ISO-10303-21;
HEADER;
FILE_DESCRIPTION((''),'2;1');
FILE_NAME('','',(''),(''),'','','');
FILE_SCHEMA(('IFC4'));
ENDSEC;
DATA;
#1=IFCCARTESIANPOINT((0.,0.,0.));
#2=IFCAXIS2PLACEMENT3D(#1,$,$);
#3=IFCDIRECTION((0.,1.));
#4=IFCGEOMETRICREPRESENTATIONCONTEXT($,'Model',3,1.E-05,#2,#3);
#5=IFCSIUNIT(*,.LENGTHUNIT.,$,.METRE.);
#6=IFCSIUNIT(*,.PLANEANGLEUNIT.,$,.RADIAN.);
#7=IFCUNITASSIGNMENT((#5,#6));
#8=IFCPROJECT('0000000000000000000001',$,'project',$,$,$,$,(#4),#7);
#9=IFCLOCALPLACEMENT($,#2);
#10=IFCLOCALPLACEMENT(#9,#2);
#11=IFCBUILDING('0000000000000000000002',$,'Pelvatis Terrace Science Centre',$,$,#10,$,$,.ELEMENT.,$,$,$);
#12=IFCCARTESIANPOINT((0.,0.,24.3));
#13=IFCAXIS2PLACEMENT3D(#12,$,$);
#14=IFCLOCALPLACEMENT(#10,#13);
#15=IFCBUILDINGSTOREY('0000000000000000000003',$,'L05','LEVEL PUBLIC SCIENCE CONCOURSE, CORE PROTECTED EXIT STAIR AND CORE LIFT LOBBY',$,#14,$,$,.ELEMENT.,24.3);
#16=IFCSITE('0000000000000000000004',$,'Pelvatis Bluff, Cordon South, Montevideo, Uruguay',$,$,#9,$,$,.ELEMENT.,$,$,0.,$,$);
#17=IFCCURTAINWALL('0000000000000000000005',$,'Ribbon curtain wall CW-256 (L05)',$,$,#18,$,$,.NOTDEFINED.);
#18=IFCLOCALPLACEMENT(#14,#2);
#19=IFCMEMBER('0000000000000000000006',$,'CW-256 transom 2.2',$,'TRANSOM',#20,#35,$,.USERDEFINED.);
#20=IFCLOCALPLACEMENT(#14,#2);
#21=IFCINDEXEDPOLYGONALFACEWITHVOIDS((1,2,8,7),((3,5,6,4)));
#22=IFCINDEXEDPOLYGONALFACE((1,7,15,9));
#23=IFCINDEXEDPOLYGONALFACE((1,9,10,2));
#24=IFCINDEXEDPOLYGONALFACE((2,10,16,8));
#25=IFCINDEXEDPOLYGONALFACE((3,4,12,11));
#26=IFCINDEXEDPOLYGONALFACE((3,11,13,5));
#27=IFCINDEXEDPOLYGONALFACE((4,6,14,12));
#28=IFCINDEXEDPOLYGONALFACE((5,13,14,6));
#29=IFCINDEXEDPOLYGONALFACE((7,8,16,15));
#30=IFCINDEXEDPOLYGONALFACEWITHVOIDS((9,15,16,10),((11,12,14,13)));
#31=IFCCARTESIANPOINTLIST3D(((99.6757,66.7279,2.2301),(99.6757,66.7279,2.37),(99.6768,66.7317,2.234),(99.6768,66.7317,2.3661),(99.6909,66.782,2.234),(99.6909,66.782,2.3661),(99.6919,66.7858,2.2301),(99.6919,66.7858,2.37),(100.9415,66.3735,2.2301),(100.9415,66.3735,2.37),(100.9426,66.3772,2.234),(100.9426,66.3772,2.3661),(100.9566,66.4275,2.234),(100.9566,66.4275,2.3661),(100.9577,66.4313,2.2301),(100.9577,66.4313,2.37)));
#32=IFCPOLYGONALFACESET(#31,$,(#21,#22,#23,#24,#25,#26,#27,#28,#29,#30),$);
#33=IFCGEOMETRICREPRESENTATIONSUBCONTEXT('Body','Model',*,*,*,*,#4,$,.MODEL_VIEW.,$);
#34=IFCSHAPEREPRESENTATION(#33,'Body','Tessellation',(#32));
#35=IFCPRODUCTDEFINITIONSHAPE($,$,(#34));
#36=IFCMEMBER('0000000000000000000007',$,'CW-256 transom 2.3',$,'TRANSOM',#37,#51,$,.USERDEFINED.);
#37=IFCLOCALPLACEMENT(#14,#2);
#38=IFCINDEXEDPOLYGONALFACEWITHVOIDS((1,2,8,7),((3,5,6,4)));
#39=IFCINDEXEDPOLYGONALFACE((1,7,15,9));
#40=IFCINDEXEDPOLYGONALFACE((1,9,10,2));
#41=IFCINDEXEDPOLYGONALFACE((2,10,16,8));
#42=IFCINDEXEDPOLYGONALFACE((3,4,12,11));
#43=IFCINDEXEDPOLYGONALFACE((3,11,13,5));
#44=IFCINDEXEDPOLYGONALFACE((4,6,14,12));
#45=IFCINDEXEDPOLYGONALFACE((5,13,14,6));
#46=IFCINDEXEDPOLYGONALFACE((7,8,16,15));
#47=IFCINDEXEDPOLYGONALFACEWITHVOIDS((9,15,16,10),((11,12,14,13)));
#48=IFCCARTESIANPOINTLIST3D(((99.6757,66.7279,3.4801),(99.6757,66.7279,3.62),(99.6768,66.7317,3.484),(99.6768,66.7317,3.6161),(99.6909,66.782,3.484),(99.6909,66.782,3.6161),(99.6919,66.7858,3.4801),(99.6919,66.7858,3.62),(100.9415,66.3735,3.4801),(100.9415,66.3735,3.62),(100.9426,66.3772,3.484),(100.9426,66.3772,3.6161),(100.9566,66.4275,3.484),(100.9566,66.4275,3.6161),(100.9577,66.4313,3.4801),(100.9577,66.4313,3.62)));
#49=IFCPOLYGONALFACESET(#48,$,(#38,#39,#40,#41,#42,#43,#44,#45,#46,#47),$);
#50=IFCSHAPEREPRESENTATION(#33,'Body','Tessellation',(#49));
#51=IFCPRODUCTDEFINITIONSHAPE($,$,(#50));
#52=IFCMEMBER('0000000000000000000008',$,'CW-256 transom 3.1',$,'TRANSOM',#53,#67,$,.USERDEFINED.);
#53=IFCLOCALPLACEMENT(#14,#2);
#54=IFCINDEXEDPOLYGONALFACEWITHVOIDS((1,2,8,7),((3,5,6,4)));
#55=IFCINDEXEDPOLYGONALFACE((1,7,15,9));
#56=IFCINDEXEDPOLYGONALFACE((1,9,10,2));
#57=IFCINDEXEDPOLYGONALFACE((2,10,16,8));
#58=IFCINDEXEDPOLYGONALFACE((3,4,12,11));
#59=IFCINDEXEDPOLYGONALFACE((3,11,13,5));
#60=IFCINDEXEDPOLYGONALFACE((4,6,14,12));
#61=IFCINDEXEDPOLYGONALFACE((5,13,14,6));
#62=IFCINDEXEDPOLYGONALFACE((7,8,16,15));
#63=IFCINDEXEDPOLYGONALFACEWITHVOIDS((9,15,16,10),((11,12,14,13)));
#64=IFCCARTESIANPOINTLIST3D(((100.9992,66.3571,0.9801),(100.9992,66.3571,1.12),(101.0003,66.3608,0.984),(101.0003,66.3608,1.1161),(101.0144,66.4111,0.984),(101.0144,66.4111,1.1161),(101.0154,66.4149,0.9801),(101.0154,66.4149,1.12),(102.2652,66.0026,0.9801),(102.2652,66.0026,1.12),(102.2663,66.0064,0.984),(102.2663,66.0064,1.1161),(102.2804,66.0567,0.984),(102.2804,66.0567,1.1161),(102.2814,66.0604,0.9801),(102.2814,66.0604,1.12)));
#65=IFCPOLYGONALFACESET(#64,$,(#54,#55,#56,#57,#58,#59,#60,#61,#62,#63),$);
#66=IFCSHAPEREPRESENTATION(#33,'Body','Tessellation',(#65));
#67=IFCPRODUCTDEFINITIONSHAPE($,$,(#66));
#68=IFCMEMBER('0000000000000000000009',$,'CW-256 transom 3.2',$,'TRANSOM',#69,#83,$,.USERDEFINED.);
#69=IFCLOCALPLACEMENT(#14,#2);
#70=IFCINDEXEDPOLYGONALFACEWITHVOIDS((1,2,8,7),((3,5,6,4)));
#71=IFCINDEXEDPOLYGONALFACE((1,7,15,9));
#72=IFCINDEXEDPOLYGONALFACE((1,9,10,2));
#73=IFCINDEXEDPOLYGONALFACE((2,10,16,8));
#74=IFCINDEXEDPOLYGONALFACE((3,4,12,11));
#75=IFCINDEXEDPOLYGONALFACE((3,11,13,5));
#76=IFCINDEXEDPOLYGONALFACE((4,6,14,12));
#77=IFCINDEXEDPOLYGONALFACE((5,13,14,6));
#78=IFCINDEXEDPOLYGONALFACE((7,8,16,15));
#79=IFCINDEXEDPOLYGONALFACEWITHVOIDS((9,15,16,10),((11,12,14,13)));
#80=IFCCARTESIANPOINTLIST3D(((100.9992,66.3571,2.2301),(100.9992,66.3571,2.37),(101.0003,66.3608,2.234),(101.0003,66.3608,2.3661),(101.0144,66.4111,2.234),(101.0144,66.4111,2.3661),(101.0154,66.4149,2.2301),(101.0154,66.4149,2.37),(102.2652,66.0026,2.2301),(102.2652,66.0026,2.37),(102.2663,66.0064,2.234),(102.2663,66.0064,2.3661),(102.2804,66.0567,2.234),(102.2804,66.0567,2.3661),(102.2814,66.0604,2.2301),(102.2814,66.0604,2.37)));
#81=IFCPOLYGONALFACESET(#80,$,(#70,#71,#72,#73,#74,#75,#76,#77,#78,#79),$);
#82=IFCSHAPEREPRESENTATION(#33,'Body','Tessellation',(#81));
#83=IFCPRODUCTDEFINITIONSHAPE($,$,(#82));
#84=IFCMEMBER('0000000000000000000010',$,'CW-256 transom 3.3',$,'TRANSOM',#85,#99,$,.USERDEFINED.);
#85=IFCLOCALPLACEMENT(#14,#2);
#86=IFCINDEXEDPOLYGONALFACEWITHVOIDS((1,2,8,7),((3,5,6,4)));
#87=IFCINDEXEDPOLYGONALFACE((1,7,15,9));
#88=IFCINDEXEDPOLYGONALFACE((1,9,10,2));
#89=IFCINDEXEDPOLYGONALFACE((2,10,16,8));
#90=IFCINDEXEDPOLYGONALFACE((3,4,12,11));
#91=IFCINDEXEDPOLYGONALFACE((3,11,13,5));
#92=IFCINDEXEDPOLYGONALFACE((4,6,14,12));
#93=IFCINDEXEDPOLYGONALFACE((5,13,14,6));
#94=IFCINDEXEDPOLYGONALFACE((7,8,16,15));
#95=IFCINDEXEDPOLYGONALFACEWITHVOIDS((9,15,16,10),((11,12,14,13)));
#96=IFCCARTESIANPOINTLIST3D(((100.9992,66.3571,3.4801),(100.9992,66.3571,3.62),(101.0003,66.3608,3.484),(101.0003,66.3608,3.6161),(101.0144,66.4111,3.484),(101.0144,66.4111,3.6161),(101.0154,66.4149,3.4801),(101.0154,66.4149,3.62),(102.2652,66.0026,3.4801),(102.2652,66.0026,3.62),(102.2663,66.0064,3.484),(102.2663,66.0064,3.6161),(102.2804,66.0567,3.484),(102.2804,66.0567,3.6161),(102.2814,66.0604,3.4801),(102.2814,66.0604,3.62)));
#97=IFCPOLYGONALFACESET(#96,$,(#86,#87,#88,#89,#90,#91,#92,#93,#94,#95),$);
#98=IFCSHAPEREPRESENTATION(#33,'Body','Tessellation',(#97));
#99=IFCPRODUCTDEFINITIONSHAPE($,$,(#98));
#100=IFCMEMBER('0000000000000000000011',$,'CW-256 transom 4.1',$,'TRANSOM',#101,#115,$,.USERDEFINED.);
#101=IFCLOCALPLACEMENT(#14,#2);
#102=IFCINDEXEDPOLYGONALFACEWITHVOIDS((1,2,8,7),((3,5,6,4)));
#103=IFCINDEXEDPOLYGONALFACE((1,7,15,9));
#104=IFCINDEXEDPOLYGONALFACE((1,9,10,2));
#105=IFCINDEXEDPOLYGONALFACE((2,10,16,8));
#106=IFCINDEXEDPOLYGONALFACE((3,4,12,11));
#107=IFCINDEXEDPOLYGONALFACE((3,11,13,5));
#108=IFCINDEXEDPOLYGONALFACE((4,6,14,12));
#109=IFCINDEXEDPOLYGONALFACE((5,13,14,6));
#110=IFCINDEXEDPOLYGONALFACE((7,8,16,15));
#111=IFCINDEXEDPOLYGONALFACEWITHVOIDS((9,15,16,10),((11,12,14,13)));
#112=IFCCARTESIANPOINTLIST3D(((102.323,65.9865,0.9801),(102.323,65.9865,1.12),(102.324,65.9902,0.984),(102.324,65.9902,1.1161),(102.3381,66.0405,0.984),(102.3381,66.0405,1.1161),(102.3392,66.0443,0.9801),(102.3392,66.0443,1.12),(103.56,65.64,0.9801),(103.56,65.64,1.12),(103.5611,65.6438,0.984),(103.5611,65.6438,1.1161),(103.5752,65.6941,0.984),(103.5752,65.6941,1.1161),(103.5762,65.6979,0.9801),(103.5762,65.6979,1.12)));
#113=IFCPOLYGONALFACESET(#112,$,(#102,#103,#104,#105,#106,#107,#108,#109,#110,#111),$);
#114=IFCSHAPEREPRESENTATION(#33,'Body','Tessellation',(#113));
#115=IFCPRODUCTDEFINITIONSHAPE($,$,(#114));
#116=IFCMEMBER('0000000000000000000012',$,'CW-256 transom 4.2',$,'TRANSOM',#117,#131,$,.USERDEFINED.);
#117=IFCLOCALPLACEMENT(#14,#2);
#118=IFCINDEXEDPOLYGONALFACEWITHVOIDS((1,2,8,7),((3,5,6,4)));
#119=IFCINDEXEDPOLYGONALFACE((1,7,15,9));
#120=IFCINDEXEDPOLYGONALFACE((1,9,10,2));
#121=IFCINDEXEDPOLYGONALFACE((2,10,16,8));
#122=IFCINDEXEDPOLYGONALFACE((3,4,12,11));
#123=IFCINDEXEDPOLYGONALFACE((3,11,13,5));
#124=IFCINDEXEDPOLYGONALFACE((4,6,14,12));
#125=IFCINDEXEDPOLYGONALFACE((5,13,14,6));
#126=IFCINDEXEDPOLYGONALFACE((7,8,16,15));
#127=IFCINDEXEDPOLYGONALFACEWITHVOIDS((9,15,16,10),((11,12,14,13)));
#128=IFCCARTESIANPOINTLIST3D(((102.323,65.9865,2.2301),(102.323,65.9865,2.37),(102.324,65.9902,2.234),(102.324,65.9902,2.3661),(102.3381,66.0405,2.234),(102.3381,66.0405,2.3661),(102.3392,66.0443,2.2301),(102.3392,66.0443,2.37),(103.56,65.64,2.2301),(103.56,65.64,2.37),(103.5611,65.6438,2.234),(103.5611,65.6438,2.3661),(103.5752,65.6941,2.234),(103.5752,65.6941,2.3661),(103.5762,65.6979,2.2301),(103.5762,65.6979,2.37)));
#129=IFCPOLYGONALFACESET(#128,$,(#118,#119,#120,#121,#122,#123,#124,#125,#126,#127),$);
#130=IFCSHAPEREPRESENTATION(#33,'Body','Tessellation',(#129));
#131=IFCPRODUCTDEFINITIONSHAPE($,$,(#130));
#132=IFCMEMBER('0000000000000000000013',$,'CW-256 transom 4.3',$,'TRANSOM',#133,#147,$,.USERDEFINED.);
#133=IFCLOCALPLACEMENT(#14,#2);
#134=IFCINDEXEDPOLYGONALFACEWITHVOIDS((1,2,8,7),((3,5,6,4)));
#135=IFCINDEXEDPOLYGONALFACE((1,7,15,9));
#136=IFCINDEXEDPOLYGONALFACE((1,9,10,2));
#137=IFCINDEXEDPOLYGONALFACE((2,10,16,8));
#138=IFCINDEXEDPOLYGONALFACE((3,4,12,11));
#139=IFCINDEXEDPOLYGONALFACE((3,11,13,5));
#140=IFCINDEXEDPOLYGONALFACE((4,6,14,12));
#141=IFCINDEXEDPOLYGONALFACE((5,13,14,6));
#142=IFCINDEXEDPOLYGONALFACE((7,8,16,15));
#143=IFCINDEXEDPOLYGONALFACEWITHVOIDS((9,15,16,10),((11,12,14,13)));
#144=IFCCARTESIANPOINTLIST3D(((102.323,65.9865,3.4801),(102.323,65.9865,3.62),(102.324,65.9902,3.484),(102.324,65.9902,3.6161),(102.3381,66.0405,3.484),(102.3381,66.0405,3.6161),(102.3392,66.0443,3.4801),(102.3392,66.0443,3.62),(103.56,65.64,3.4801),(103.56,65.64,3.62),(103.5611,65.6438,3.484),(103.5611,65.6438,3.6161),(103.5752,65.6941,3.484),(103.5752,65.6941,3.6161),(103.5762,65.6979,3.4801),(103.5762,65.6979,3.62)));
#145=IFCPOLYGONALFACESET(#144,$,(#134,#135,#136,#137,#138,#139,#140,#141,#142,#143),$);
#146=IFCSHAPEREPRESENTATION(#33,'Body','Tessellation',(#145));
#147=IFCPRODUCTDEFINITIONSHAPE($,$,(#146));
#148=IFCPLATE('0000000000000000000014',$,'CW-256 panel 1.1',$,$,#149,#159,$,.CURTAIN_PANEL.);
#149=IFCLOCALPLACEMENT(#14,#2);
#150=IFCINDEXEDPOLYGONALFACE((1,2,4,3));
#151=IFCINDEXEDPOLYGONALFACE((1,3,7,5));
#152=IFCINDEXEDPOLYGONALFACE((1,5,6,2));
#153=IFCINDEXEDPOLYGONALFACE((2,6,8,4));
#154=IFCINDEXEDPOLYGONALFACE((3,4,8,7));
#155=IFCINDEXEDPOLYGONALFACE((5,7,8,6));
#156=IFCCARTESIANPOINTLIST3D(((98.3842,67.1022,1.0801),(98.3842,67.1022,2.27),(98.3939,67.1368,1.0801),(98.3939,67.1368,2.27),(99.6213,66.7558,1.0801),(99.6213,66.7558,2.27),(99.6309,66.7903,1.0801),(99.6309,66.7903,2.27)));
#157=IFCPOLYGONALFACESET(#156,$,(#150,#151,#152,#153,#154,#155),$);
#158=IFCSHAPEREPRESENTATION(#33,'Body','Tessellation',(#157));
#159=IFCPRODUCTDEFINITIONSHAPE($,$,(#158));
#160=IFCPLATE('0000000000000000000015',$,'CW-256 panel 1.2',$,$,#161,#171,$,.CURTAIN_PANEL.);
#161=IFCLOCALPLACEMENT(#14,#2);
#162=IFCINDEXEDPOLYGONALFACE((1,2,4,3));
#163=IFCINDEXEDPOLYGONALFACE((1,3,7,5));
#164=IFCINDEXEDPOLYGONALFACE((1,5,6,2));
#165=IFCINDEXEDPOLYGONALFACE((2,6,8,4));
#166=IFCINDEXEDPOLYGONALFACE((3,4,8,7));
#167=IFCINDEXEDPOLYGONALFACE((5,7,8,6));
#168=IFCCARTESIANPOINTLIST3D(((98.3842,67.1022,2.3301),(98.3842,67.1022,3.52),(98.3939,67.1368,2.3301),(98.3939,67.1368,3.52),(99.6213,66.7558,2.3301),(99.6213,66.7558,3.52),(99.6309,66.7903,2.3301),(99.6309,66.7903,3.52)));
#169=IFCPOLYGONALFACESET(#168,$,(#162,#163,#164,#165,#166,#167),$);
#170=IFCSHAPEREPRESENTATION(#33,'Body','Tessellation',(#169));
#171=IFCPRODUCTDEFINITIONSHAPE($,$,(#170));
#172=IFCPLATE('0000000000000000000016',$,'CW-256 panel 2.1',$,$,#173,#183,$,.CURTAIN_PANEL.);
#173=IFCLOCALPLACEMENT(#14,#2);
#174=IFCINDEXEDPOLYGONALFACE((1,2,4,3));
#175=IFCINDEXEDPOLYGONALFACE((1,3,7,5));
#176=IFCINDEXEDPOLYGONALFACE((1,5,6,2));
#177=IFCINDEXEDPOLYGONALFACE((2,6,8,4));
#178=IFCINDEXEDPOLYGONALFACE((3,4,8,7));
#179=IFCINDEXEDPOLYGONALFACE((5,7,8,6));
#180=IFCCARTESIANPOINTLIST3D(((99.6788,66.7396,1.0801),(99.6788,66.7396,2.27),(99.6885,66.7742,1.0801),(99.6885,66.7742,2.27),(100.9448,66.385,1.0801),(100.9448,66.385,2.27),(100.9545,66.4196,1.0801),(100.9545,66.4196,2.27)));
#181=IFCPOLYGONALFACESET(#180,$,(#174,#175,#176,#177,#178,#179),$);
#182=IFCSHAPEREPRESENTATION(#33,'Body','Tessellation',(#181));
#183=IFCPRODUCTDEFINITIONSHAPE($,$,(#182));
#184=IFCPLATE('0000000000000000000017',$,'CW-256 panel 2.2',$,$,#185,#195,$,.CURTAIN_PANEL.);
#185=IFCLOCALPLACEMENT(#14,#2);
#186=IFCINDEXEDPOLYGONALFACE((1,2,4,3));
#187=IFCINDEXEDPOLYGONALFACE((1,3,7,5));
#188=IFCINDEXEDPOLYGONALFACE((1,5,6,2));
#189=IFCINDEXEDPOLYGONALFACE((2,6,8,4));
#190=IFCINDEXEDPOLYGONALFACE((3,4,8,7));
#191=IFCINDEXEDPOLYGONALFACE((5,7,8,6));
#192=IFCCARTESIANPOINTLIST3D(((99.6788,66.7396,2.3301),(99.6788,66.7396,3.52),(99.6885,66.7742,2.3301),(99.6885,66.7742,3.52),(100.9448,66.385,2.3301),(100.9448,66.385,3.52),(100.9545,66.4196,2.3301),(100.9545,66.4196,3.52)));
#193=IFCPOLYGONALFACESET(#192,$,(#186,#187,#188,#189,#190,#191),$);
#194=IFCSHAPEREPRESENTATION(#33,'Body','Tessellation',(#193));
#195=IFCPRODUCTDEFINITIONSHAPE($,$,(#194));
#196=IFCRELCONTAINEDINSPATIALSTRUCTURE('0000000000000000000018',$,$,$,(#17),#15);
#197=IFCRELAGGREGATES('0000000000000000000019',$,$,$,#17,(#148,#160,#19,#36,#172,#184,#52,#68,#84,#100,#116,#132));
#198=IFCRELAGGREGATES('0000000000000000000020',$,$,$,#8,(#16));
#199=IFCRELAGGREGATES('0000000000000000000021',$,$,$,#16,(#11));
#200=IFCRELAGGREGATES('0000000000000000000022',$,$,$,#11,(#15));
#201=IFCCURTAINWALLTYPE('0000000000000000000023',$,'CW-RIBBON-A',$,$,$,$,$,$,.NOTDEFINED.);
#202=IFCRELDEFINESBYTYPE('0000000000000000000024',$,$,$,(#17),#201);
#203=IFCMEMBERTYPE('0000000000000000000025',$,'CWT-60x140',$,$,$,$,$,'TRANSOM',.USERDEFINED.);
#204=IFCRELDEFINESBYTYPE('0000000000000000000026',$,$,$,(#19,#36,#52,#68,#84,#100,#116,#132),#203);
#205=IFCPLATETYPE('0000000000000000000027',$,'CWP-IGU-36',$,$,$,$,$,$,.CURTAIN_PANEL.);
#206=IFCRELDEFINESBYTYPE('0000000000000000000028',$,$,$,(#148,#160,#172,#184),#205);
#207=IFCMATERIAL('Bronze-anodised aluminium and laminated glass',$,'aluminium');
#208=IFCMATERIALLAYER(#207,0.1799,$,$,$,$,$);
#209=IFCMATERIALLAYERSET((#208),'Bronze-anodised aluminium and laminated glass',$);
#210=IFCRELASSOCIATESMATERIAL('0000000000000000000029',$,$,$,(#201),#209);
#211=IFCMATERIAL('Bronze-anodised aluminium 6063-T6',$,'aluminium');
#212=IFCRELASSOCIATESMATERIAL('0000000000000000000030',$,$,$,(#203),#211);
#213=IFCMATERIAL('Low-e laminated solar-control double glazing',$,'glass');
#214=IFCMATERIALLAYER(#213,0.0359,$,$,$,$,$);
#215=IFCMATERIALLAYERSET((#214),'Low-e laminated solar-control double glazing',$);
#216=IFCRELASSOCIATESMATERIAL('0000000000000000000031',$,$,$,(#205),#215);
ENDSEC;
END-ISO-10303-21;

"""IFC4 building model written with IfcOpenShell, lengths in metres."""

from ifc_helpers import new_model, si_unit, direction, frame, origin, origin_2d, place, context, subcontext, project, spatial, rectangle, hollow_rectangle, extrude, material, layer, layer_set, material_profile, profile_set, type_object, element, aggregate, save


model = new_model("IFC4")

# Units and contexts
model_context = context("Model", 3, precision=1e-05, world=origin(), true_north=direction((0.0, 1.0)))
body_context = subcontext(model_context, "Body", "Model", "MODEL_VIEW")
ifc_project = project(units=[si_unit("LENGTHUNIT", "METRE"), si_unit("PLANEANGLEUNIT", "RADIAN")], contexts=[model_context])

# Site, building, storey
site_placement = place(None, origin())
site = spatial("IfcSite", under=ifc_project, at=site_placement, Name="Pelvatis Bluff, Cordon South, Montevideo, Uruguay", CompositionType="ELEMENT", RefElevation=0.0)
building_placement = place(site_placement, origin())
building = spatial("IfcBuilding", under=site, at=building_placement, Name="Pelvatis Terrace Science Centre", CompositionType="ELEMENT")
storey_placement = place(building_placement, frame((0.0, 0.0, 24.3)))
storey = spatial("IfcBuildingStorey", under=building, at=storey_placement, Name="L05", Description="LEVEL PUBLIC SCIENCE CONCOURSE, CORE PROTECTED EXIT STAIR AND CORE LIFT LOBBY", CompositionType="ELEMENT", Elevation=24.3)

# Shared definitions
ifc_material_1 = material(Name="Bronze-anodised aluminium and laminated glass", Category="aluminium")
ifc_layer_1 = layer(ifc_material_1, 0.1799)
ifc_layer_set_1 = layer_set([ifc_layer_1], Name="Bronze-anodised aluminium and laminated glass")
curtain_wall_type = type_object("IfcCurtainWallType", Name="CW-RIBBON-A", PredefinedType="NOTDEFINED", material=ifc_layer_set_1)

# Curtain wall, members, plates
curtain_wall_1_placement = place(storey_placement, origin())
curtain_wall_1 = element("IfcCurtainWall", 1, at=curtain_wall_1_placement, inside=storey, type_object=curtain_wall_type, Name="Ribbon curtain wall CW-256 (L05)", PredefinedType="NOTDEFINED")
ifc_material_2 = material(Name="Bronze-anodised aluminium 6063-T6", Category="aluminium")
ifc_material_profile_1 = material_profile(ifc_material_2, hollow_rectangle(XDim=0.0601, YDim=0.1399, WallThickness=0.0039, at=origin_2d()), Name="ALU-TRN 60x140")
ifc_profile_set_1 = profile_set([ifc_material_profile_1], Name="Bronze-anodised aluminium 6063-T6")
member_type_1 = type_object("IfcMemberType", Name="CWT-60x140", ElementType="TRANSOM", PredefinedType="USERDEFINED", material=ifc_profile_set_1)
member_1_placement = place(storey_placement, frame((99.6838, 66.7568, 2.3), z_axis=(0.962954, -0.269664, 0.0), x_axis=(0.269664, 0.962954, 0.0)))
member_1 = element("IfcMember", 2, at=member_1_placement, type_object=member_type_1, Name="CW-256 transom 2.2", ObjectType="TRANSOM", PredefinedType="USERDEFINED", context=body_context, shape_type="SweptSolid", body=[
    extrude(hollow_rectangle(XDim=0.0601, YDim=0.1399, WallThickness=0.0039, at=origin_2d()), origin(), (0.0, 0.0, 1.0), 1.3145),
])
member_2_placement = place(storey_placement, frame((99.6838, 66.7568, 3.55), z_axis=(0.962954, -0.269664, 0.0), x_axis=(0.269664, 0.962954, 0.0)))
member_2 = element("IfcMember", 3, at=member_2_placement, type_object=member_type_1, Name="CW-256 transom 2.3", ObjectType="TRANSOM", PredefinedType="USERDEFINED", context=body_context, shape_type="SweptSolid", body=[
    extrude(hollow_rectangle(XDim=0.0601, YDim=0.1399, WallThickness=0.0039, at=origin_2d()), origin(), (0.0, 0.0, 1.0), 1.3145),
])
member_3_placement = place(storey_placement, frame((101.0073, 66.386, 1.05), z_axis=(0.962968, -0.269616, 0.0), x_axis=(0.269616, 0.962968, 0.0)))
member_3 = element("IfcMember", 4, at=member_3_placement, type_object=member_type_1, Name="CW-256 transom 3.1", ObjectType="TRANSOM", PredefinedType="USERDEFINED", context=body_context, shape_type="SweptSolid", body=[
    extrude(hollow_rectangle(XDim=0.0601, YDim=0.1399, WallThickness=0.0039, at=origin_2d()), origin(), (0.0, 0.0, 1.0), 1.3147),
])
member_4_placement = place(storey_placement, frame((101.0073, 66.386, 2.3), z_axis=(0.962968, -0.269616, 0.0), x_axis=(0.269616, 0.962968, 0.0)))
member_4 = element("IfcMember", 5, at=member_4_placement, type_object=member_type_1, Name="CW-256 transom 3.2", ObjectType="TRANSOM", PredefinedType="USERDEFINED", context=body_context, shape_type="SweptSolid", body=[
    extrude(hollow_rectangle(XDim=0.0601, YDim=0.1399, WallThickness=0.0039, at=origin_2d()), origin(), (0.0, 0.0, 1.0), 1.3147),
])
member_5_placement = place(storey_placement, frame((101.0073, 66.386, 3.55), z_axis=(0.962968, -0.269616, 0.0), x_axis=(0.269616, 0.962968, 0.0)))
member_5 = element("IfcMember", 6, at=member_5_placement, type_object=member_type_1, Name="CW-256 transom 3.3", ObjectType="TRANSOM", PredefinedType="USERDEFINED", context=body_context, shape_type="SweptSolid", body=[
    extrude(hollow_rectangle(XDim=0.0601, YDim=0.1399, WallThickness=0.0039, at=origin_2d()), origin(), (0.0, 0.0, 1.0), 1.3147),
])
member_6_placement = place(storey_placement, frame((102.3311, 66.0154, 1.05), z_axis=(0.962952, -0.269672, 0.0), x_axis=(0.269672, 0.962952, 0.0)))
member_6 = element("IfcMember", 7, at=member_6_placement, type_object=member_type_1, Name="CW-256 transom 4.1", ObjectType="TRANSOM", PredefinedType="USERDEFINED", context=body_context, shape_type="SweptSolid", body=[
    extrude(hollow_rectangle(XDim=0.0601, YDim=0.1399, WallThickness=0.0039, at=origin_2d()), origin(), (0.0, 0.0, 1.0), 1.2847),
])
member_7_placement = place(storey_placement, frame((102.3311, 66.0154, 2.3), z_axis=(0.962952, -0.269672, 0.0), x_axis=(0.269672, 0.962952, 0.0)))
member_7 = element("IfcMember", 8, at=member_7_placement, type_object=member_type_1, Name="CW-256 transom 4.2", ObjectType="TRANSOM", PredefinedType="USERDEFINED", context=body_context, shape_type="SweptSolid", body=[
    extrude(hollow_rectangle(XDim=0.0601, YDim=0.1399, WallThickness=0.0039, at=origin_2d()), origin(), (0.0, 0.0, 1.0), 1.2847),
])
member_8_placement = place(storey_placement, frame((102.3311, 66.0154, 3.55), z_axis=(0.962952, -0.269672, 0.0), x_axis=(0.269672, 0.962952, 0.0)))
member_8 = element("IfcMember", 9, at=member_8_placement, type_object=member_type_1, Name="CW-256 transom 4.3", ObjectType="TRANSOM", PredefinedType="USERDEFINED", context=body_context, shape_type="SweptSolid", body=[
    extrude(hollow_rectangle(XDim=0.0601, YDim=0.1399, WallThickness=0.0039, at=origin_2d()), origin(), (0.0, 0.0, 1.0), 1.2847),
])
ifc_material_3 = material(Name="Low-e laminated solar-control double glazing", Category="glass")
ifc_layer_2 = layer(ifc_material_3, 0.0359)
ifc_layer_set_2 = layer_set([ifc_layer_2], Name="Low-e laminated solar-control double glazing")
plate_type = type_object("IfcPlateType", Name="CWP-IGU-36", PredefinedType="CURTAIN_PANEL", material=ifc_layer_set_2)
plate_1_placement = place(storey_placement, frame((99.0076, 66.9463, 1.0801), z_axis=(0.0, 0.0, 1.0), x_axis=(0.962946, -0.269695, 0.0)))
plate_1 = element("IfcPlate", 10, at=plate_1_placement, type_object=plate_type, Name="CW-256 panel 1.1", PredefinedType="CURTAIN_PANEL", context=body_context, shape_type="SweptSolid", body=[
    extrude(rectangle(XDim=1.2847, YDim=0.0359, at=origin_2d()), origin(), (0.0, 0.0, 1.0), 1.1899),
])
plate_2_placement = place(storey_placement, frame((99.0076, 66.9463, 2.3301), z_axis=(0.0, 0.0, 1.0), x_axis=(0.962946, -0.269695, 0.0)))
plate_2 = element("IfcPlate", 11, at=plate_2_placement, type_object=plate_type, Name="CW-256 panel 1.2", PredefinedType="CURTAIN_PANEL", context=body_context, shape_type="SweptSolid", body=[
    extrude(rectangle(XDim=1.2847, YDim=0.0359, at=origin_2d()), origin(), (0.0, 0.0, 1.0), 1.1899),
])
plate_3_placement = place(storey_placement, frame((100.3167, 66.5796, 1.0801), z_axis=(0.0, 0.0, 1.0), x_axis=(0.962946, -0.269695, 0.0)))
plate_3 = element("IfcPlate", 12, at=plate_3_placement, type_object=plate_type, Name="CW-256 panel 2.1", PredefinedType="CURTAIN_PANEL", context=body_context, shape_type="SweptSolid", body=[
    extrude(rectangle(XDim=1.3147, YDim=0.0359, at=origin_2d()), origin(), (0.0, 0.0, 1.0), 1.1899),
])
plate_4_placement = place(storey_placement, frame((100.3167, 66.5796, 2.3301), z_axis=(0.0, 0.0, 1.0), x_axis=(0.962946, -0.269695, 0.0)))
plate_4 = element("IfcPlate", 13, at=plate_4_placement, type_object=plate_type, Name="CW-256 panel 2.2", PredefinedType="CURTAIN_PANEL", context=body_context, shape_type="SweptSolid", body=[
    extrude(rectangle(XDim=1.3147, YDim=0.0359, at=origin_2d()), origin(), (0.0, 0.0, 1.0), 1.1899),
])
aggregate(curtain_wall_1, [plate_1, plate_2, member_1, member_2, plate_3, plate_4, member_3, member_4, member_5, member_6, member_7, member_8])

save(model, "model.ifc")
